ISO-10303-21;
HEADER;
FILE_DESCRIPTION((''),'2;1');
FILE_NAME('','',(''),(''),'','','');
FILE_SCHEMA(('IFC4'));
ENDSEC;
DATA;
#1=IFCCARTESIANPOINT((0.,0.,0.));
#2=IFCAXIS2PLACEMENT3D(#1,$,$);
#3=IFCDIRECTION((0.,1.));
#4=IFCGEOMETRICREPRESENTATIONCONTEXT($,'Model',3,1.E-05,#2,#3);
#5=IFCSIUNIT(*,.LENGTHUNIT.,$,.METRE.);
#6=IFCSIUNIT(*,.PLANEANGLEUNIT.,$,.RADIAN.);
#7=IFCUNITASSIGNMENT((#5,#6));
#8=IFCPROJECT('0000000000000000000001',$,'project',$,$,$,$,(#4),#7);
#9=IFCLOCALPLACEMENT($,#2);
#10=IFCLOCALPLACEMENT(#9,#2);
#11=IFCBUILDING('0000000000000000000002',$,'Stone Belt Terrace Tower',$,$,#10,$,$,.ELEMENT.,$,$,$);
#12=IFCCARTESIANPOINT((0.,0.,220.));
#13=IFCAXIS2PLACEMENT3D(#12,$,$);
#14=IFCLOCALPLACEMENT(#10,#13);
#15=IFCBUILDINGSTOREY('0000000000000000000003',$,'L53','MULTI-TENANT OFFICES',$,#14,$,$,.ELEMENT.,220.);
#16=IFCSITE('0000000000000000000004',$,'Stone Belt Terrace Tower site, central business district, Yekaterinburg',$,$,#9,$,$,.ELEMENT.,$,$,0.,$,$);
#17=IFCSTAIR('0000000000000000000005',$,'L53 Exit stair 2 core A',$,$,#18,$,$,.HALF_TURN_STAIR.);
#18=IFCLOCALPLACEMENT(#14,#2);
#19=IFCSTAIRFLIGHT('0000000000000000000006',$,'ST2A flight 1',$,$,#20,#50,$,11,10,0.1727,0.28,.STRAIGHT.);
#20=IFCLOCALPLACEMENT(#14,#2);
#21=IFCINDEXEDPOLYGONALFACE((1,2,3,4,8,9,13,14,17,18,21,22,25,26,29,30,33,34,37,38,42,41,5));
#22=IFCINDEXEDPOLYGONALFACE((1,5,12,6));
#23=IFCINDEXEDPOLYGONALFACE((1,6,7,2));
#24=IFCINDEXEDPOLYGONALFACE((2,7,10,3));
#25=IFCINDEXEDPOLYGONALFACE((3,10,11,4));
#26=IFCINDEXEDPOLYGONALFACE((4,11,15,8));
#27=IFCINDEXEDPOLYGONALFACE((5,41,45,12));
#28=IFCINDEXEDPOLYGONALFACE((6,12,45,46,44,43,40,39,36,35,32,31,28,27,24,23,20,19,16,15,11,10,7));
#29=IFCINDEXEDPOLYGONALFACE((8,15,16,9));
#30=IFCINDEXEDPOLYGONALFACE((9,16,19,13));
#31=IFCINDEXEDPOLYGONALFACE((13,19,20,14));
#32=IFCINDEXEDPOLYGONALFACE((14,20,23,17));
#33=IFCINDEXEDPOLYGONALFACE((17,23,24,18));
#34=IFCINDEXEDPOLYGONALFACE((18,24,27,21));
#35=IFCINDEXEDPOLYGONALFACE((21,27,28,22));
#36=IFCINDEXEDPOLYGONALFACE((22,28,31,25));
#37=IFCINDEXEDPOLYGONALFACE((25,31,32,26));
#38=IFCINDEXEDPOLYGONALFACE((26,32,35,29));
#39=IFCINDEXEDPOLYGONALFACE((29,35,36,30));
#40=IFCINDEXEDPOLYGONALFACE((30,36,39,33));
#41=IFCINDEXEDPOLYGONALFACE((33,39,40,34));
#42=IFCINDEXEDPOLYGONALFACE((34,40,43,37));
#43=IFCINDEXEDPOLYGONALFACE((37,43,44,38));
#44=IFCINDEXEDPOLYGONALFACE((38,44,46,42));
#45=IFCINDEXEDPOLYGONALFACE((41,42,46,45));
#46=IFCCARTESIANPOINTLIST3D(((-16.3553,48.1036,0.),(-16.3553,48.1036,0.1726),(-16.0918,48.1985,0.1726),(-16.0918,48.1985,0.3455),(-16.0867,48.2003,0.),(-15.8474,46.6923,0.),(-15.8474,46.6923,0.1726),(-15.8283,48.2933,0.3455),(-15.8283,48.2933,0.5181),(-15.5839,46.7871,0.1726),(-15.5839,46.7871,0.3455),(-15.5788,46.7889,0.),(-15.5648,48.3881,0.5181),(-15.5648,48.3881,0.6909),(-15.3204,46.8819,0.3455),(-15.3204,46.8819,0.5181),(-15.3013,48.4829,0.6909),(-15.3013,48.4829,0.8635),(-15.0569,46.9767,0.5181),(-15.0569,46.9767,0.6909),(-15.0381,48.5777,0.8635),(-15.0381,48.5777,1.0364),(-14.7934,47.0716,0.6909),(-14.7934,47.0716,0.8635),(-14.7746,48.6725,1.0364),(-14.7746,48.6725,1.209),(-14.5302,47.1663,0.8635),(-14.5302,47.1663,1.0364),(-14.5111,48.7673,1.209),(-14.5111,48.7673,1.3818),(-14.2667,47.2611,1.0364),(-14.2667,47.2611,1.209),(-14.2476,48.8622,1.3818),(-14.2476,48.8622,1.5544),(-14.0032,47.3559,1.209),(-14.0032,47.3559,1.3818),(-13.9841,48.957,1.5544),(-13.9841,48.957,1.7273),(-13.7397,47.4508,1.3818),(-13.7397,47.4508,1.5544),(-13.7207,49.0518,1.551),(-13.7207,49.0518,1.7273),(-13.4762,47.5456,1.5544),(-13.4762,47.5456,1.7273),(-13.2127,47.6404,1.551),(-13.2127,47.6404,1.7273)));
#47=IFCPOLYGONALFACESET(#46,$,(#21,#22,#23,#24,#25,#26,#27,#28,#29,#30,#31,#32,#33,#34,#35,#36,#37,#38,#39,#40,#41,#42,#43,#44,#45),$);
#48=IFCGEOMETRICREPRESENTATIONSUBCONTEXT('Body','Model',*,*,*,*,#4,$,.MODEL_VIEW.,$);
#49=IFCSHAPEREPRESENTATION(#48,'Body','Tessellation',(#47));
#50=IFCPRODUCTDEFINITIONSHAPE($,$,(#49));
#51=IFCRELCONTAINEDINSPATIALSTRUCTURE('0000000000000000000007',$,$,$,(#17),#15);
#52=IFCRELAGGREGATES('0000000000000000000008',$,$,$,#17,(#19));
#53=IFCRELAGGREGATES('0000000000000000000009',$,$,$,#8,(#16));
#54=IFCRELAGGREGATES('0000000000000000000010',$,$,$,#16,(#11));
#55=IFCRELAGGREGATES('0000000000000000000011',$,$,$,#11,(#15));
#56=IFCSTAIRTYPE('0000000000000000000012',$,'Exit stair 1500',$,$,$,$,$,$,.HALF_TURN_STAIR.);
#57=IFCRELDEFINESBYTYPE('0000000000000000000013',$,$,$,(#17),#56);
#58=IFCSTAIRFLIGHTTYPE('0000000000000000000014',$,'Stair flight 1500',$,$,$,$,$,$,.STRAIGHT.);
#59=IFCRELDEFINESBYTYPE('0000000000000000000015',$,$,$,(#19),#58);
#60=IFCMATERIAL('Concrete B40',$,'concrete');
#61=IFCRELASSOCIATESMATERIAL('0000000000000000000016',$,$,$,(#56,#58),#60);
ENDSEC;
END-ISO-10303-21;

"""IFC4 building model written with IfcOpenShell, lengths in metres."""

from ifc_helpers import new_model, si_unit, direction, frame, origin, place, context, subcontext, project, spatial, polyline, outline, extrude, material, type_object, element, aggregate, save


model = new_model("IFC4")

# Units and contexts
model_context = context("Model", 3, precision=1e-05, world=origin(), true_north=direction((0.0, 1.0)))
body_context = subcontext(model_context, "Body", "Model", "MODEL_VIEW")
ifc_project = project(units=[si_unit("LENGTHUNIT", "METRE"), si_unit("PLANEANGLEUNIT", "RADIAN")], contexts=[model_context])

# Site, building, storey
site_placement = place(None, origin())
site = spatial("IfcSite", under=ifc_project, at=site_placement, Name="Stone Belt Terrace Tower site, central business district, Yekaterinburg", CompositionType="ELEMENT", RefElevation=0.0)
building_placement = place(site_placement, origin())
building = spatial("IfcBuilding", under=site, at=building_placement, Name="Stone Belt Terrace Tower", CompositionType="ELEMENT")
storey_placement = place(building_placement, frame((0.0, 0.0, 220.0)))
storey = spatial("IfcBuildingStorey", under=building, at=storey_placement, Name="L53", Description="MULTI-TENANT OFFICES", CompositionType="ELEMENT", Elevation=220.0)

# Stair, stair flight
ifc_material_1 = material(Name="Concrete B40", Category="concrete")
stair_type = type_object("IfcStairType", Name="Exit stair 1500", PredefinedType="HALF_TURN_STAIR", material=ifc_material_1)
stair_placement = place(storey_placement, origin())
stair = element("IfcStair", 1, at=stair_placement, inside=storey, type_object=stair_type, Name="L53 Exit stair 2 core A", PredefinedType="HALF_TURN_STAIR")
stair_flight_type = type_object("IfcStairFlightType", Name="Stair flight 1500", PredefinedType="STRAIGHT", material=ifc_material_1)
stair_flight_placement = place(storey_placement, frame((-16.1013, 47.3979, 0.0), z_axis=(0.0, 0.0, 1.0), x_axis=(0.940922, 0.338624, 0.0)))
stair_flight = element("IfcStairFlight", 2, at=stair_flight_placement, type_object=stair_flight_type, Name="ST2A flight 1", NumberOfRisers=11, NumberOfTreads=10, PredefinedType="STRAIGHT", RiserHeight=0.1727, TreadLength=0.28, context=body_context, shape_type="SweptSolid", body=[
    extrude(outline(polyline([(0.0, 0.0), (0.0, 0.1726), (0.28, 0.1726), (0.28, 0.3455), (0.5601, 0.3455), (0.5601, 0.5181), (0.8401, 0.5181), (0.8401, 0.6909), (1.1201, 0.6909), (1.1201, 0.8635), (1.3999, 0.8635), (1.3999, 1.0364), (1.6799, 1.0364), (1.6799, 1.209), (1.96, 1.209), (1.96, 1.3818), (2.24, 1.3818), (2.24, 1.5544), (2.52, 1.5544), (2.52, 1.7273), (2.8, 1.7273), (2.8, 1.8999), (2.8, 1.551), (0.2854, 0.0), (0.0, 0.0)])), frame((0.0, 0.75, 0.0), z_axis=(0.0, -1.0, 0.0), x_axis=(1.0, 0.0, 0.0)), (0.0, 0.0, 1.0), 1.5),
])
aggregate(stair, [stair_flight])

save(model, "model.ifc")
